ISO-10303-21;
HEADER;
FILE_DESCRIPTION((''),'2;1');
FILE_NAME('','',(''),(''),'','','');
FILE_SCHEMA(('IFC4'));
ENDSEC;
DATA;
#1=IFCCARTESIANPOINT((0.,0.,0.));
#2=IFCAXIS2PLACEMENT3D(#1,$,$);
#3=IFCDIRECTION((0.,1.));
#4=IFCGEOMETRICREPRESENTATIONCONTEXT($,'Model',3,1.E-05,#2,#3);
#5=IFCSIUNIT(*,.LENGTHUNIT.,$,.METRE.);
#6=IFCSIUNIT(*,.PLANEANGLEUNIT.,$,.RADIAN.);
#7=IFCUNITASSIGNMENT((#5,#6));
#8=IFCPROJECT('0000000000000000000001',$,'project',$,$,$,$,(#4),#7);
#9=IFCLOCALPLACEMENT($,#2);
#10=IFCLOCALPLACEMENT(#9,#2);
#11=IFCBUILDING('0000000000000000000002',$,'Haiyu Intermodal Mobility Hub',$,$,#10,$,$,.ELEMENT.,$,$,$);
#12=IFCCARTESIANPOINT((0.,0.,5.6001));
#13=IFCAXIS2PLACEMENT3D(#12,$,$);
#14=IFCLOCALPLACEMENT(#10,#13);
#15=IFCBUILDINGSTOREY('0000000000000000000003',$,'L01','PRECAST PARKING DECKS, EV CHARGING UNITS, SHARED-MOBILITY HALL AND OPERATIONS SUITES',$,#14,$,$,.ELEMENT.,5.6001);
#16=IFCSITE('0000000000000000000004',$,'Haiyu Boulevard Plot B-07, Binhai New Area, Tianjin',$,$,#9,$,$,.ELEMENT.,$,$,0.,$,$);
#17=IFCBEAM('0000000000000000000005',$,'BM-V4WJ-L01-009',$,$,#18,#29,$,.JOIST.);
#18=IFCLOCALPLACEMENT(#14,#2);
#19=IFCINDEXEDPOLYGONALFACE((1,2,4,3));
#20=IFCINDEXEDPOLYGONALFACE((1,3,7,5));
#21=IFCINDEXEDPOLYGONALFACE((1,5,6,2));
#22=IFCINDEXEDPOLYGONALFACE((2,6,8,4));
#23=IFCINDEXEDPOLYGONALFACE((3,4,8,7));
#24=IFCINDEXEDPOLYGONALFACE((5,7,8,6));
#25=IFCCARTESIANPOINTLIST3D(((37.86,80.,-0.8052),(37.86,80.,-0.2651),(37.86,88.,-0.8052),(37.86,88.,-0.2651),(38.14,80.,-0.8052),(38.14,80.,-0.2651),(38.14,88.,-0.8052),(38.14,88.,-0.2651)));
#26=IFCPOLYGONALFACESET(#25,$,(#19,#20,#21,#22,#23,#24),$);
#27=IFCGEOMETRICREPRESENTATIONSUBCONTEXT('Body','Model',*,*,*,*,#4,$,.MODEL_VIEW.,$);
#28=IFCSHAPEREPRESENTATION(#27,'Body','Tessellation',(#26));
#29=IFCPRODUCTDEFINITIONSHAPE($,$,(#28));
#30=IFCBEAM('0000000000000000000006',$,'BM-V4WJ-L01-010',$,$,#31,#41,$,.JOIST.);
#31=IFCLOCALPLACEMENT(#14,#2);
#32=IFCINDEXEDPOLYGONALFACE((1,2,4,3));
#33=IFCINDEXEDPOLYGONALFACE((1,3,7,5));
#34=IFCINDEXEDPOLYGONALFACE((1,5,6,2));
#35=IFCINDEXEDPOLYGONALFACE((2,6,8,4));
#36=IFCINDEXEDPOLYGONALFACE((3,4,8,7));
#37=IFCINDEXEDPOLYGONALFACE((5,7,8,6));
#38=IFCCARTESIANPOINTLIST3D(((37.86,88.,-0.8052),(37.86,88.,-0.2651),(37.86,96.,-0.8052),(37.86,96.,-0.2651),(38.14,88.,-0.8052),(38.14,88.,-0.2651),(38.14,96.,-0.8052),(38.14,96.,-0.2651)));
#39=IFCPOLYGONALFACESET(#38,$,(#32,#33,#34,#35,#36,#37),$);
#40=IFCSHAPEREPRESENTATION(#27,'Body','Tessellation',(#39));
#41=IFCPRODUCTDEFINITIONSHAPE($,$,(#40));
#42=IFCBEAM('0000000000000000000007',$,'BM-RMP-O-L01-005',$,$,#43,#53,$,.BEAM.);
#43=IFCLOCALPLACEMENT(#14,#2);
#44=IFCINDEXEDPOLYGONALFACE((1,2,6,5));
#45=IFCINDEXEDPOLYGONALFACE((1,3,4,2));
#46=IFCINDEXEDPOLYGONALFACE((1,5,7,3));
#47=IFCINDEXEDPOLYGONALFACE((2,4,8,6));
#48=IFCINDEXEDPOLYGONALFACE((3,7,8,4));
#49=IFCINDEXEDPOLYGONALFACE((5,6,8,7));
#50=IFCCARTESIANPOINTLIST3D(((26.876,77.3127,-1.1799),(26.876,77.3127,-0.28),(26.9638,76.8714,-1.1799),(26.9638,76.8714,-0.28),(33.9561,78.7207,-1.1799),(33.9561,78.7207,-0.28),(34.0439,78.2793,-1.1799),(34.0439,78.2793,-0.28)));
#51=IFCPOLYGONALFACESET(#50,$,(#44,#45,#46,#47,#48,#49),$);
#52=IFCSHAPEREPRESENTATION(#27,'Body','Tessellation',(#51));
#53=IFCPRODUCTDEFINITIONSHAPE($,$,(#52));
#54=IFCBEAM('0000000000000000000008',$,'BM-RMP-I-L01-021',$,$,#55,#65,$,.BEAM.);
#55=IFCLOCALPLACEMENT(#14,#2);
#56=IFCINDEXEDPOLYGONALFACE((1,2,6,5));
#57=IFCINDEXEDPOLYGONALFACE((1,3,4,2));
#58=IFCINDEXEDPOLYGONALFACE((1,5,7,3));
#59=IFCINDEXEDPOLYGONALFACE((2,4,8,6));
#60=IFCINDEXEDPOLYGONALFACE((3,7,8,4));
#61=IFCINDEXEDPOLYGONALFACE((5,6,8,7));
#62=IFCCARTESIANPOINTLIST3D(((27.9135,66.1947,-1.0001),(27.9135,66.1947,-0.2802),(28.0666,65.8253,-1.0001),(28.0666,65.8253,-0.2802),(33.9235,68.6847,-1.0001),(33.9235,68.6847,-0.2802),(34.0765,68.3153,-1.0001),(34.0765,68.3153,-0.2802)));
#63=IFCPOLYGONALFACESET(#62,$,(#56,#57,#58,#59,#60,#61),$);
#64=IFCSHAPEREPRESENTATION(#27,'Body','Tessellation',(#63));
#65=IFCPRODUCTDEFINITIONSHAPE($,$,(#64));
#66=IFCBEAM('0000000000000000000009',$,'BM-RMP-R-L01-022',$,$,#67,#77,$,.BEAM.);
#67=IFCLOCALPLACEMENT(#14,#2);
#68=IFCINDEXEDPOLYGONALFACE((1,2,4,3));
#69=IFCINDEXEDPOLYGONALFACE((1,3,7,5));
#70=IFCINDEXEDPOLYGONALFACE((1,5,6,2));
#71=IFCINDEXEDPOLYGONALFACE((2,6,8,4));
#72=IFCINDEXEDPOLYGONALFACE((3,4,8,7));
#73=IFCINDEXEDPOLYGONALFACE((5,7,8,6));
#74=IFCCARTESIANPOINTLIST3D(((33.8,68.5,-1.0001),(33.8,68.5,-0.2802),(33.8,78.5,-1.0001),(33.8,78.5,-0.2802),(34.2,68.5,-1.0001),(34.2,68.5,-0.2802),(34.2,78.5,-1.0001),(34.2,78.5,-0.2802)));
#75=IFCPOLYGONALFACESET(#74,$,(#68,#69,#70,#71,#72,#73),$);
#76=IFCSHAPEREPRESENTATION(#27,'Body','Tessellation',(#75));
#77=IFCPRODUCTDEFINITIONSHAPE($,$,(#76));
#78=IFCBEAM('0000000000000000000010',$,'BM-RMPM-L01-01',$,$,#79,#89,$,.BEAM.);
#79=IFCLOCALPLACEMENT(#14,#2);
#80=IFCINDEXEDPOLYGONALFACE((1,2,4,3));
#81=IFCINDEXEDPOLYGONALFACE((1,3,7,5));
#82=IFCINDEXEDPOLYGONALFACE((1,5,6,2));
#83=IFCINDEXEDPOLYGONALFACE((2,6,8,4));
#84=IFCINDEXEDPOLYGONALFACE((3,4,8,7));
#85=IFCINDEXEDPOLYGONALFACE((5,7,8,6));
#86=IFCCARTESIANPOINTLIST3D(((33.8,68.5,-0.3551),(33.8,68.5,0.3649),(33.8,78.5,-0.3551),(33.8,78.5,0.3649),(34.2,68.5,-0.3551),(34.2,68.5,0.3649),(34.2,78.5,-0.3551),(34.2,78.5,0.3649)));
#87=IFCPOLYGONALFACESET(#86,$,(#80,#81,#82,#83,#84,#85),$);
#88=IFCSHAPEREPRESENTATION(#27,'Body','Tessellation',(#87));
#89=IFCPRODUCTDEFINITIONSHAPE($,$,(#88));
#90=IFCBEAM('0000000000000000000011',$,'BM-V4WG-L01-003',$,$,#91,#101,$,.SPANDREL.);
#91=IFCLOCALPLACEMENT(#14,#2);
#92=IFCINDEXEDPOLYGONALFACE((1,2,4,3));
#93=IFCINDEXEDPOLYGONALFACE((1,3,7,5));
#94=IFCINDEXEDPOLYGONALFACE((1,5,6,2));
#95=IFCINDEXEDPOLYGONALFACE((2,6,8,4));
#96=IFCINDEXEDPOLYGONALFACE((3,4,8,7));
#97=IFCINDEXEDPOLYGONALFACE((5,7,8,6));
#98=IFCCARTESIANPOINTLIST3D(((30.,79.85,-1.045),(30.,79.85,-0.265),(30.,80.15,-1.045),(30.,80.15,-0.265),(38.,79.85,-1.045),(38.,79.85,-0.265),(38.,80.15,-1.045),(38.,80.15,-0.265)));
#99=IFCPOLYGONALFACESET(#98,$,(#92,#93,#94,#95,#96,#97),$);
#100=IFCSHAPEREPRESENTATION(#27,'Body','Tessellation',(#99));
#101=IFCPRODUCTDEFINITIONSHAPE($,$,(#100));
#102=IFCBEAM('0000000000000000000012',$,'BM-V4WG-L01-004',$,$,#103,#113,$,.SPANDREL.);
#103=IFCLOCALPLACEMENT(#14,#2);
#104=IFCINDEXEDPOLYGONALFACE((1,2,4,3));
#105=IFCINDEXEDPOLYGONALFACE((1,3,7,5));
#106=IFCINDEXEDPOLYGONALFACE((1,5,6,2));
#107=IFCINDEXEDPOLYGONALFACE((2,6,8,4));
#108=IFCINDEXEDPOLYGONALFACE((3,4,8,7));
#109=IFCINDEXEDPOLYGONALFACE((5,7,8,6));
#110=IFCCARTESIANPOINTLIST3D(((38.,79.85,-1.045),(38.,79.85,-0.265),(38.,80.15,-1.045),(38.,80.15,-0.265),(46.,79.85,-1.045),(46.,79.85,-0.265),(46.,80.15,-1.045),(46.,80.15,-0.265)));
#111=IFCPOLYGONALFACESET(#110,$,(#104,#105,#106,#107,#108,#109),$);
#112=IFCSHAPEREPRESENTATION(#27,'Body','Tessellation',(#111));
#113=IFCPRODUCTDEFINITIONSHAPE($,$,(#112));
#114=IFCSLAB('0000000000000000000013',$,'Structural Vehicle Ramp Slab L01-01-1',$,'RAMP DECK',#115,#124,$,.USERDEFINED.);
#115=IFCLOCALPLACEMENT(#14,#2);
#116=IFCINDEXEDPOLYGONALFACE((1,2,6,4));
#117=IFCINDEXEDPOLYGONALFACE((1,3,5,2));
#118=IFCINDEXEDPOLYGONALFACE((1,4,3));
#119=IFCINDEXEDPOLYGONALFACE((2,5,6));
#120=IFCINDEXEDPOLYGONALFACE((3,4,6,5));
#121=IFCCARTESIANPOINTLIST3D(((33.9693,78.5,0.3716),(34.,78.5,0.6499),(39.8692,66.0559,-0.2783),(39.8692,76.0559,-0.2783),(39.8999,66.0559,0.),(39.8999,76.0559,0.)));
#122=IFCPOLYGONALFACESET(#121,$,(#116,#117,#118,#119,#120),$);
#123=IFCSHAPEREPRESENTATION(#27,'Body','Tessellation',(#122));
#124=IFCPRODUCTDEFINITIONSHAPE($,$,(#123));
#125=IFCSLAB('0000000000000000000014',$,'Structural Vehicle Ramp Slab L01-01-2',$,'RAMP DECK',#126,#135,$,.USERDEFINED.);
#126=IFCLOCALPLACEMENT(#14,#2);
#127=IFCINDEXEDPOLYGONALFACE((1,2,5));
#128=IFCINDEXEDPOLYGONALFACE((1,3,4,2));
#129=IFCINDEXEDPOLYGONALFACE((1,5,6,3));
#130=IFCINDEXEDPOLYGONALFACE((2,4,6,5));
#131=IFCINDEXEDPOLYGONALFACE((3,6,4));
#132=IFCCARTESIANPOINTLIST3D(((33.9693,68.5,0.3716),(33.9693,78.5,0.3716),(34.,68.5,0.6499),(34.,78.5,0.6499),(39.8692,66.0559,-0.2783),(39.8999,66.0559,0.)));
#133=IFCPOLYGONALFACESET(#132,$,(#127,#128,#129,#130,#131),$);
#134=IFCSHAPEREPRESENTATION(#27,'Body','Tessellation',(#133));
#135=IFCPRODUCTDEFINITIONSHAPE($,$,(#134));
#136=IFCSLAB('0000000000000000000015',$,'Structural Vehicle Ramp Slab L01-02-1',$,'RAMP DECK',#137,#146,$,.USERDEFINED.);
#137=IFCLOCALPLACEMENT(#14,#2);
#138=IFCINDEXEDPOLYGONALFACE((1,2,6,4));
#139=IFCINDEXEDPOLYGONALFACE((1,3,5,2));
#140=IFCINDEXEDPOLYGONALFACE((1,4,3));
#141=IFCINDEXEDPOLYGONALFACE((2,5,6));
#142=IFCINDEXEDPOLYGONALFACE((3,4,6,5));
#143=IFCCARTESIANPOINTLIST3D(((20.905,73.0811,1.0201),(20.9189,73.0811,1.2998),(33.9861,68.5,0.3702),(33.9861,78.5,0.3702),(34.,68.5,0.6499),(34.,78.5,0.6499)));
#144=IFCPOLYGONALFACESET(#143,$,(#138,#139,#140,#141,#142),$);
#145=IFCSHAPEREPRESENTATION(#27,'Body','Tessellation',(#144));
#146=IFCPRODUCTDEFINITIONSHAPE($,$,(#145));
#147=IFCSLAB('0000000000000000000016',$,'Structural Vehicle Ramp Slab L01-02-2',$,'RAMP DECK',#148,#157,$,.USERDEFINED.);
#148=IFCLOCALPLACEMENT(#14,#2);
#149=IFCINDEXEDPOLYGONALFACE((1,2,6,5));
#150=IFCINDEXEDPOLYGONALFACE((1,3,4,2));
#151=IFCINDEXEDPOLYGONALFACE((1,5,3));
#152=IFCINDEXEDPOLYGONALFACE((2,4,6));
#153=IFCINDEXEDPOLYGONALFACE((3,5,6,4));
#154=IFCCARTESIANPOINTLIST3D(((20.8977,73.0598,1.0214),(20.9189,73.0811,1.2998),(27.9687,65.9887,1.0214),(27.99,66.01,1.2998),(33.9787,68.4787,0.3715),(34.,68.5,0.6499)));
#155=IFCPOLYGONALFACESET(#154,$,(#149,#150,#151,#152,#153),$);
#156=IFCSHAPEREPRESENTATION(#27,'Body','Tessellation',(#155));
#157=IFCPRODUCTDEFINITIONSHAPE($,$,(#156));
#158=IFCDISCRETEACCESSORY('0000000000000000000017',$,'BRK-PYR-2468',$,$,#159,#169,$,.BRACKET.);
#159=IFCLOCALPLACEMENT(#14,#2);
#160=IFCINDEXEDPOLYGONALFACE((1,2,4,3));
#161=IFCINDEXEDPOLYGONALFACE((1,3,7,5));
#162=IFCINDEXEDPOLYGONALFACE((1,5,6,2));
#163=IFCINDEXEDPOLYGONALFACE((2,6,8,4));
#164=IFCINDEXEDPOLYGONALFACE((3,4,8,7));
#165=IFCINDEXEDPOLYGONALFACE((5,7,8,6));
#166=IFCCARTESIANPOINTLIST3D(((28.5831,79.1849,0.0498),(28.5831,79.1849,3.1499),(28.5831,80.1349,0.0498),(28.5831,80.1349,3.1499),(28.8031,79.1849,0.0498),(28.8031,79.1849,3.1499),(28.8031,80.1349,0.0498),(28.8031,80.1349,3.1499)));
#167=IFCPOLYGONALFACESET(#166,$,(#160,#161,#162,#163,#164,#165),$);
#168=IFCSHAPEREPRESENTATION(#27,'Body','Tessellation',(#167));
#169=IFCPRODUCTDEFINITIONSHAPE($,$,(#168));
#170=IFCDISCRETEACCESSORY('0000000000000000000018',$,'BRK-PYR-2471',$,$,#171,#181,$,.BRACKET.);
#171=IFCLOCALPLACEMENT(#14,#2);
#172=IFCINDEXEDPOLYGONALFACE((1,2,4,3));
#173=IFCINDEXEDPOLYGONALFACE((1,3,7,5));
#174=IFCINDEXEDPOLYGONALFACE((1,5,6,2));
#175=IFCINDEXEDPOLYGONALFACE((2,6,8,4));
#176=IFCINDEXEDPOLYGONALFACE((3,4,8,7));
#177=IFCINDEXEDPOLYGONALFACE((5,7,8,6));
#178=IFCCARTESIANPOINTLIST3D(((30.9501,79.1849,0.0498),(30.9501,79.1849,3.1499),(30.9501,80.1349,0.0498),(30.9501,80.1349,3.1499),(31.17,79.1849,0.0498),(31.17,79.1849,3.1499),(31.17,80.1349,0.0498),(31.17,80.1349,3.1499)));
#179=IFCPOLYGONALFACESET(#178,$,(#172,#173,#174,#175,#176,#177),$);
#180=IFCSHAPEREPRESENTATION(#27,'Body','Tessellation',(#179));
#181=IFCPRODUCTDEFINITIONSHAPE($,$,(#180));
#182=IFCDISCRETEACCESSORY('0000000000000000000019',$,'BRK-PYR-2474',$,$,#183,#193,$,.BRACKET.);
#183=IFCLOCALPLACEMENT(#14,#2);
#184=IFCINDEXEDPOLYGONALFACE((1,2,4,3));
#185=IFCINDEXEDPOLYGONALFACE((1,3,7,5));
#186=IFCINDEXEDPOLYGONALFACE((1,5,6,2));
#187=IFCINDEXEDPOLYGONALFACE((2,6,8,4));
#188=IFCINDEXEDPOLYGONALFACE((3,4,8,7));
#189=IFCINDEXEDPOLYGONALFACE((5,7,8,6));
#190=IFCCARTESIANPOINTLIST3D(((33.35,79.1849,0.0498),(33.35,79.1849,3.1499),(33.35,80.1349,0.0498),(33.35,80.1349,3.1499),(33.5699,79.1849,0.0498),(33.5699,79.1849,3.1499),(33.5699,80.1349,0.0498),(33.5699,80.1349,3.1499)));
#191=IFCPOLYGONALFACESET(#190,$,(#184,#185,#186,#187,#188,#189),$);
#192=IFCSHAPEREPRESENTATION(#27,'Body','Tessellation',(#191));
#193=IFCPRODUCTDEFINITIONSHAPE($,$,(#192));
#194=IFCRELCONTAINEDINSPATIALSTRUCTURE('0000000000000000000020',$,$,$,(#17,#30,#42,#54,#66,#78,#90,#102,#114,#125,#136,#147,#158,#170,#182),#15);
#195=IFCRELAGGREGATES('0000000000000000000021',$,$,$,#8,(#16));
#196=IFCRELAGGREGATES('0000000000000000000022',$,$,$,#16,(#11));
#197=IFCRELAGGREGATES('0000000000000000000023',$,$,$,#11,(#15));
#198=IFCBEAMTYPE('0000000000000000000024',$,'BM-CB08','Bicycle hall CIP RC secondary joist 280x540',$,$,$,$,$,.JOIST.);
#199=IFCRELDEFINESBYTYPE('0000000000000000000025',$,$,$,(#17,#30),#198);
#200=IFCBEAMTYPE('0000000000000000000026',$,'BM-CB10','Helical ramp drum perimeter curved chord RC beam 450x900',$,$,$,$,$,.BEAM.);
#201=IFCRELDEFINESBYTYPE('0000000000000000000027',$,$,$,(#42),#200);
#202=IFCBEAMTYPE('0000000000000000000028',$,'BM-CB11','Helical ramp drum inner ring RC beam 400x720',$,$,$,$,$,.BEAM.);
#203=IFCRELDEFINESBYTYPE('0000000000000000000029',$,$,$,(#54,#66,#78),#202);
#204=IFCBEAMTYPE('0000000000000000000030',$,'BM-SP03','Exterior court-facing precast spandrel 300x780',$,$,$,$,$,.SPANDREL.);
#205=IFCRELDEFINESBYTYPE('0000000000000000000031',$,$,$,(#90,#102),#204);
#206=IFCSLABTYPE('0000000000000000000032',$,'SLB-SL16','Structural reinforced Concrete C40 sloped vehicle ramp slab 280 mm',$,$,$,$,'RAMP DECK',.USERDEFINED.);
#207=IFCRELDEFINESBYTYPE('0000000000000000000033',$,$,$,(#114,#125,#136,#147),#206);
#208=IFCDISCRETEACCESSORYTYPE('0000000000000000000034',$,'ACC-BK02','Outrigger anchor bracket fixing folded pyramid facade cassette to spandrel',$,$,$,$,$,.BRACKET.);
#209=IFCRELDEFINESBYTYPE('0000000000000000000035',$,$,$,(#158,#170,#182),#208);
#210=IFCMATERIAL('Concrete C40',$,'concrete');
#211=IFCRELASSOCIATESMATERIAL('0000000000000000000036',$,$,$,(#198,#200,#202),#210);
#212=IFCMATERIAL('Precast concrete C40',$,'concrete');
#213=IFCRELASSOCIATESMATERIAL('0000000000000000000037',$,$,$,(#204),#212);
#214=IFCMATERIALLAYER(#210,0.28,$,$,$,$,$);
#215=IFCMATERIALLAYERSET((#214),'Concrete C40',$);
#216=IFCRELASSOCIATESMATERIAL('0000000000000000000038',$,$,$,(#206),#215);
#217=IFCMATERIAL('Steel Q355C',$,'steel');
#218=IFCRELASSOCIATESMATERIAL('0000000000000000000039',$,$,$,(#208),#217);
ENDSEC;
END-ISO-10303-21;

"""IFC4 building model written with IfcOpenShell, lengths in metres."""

from ifc_helpers import new_model, si_unit, direction, frame, origin, origin_2d, place, context, subcontext, project, spatial, polyline, rectangle, outline, extrude, material, layer, layer_set, material_profile, profile_set, type_object, element, save


model = new_model("IFC4")

# Units and contexts
model_context = context("Model", 3, precision=1e-05, world=origin(), true_north=direction((0.0, 1.0)))
body_context = subcontext(model_context, "Body", "Model", "MODEL_VIEW")
ifc_project = project(units=[si_unit("LENGTHUNIT", "METRE"), si_unit("PLANEANGLEUNIT", "RADIAN")], contexts=[model_context])

# Site, building, storey
site_placement = place(None, origin())
site = spatial("IfcSite", under=ifc_project, at=site_placement, Name="Haiyu Boulevard Plot B-07, Binhai New Area, Tianjin", CompositionType="ELEMENT", RefElevation=0.0)
building_placement = place(site_placement, origin())
building = spatial("IfcBuilding", under=site, at=building_placement, Name="Haiyu Intermodal Mobility Hub", CompositionType="ELEMENT")
storey_placement = place(building_placement, frame((0.0, 0.0, 5.6001)))
storey = spatial("IfcBuildingStorey", under=building, at=storey_placement, Name="L01", Description="PRECAST PARKING DECKS, EV CHARGING UNITS, SHARED-MOBILITY HALL AND OPERATIONS SUITES", CompositionType="ELEMENT", Elevation=5.6001)

# Shared definitions
ifc_material_1 = material(Name="Precast concrete C40", Category="concrete")
ifc_material_2 = material(Name="Concrete C40", Category="concrete")

# Beams
ifc_material_profile_1 = material_profile(ifc_material_2, rectangle(XDim=0.28, YDim=0.54, at=origin_2d()), Name="RCB280x540")
ifc_profile_set_1 = profile_set([ifc_material_profile_1], Name="Concrete C40")
beam_type_1 = type_object("IfcBeamType", Name="BM-CB08", Description="Bicycle hall CIP RC secondary joist 280x540", PredefinedType="JOIST", material=ifc_profile_set_1)
for number, where, z_axis, x_axis, name in (
    (1, (38.0, 80.0, -0.5352), (0.0, 1.0, 0.0), (-1.0, 0.0, 0.0), "BM-V4WJ-L01-009"),
    (2, (38.0, 88.0, -0.5352), (0.0, 1.0, 0.0), (-1.0, 0.0, 0.0), "BM-V4WJ-L01-010"),
):
    element("IfcBeam", number, at=place(storey_placement, frame(where, z_axis=z_axis, x_axis=x_axis)), inside=storey, type_object=beam_type_1, Name=name, PredefinedType="JOIST", context=body_context, shape_type="SweptSolid", body=[
        extrude(rectangle(XDim=0.28, YDim=0.54, at=origin_2d()), origin(), (0.0, 0.0, 1.0), 8.0),
    ])
ifc_material_profile_2 = material_profile(ifc_material_2, rectangle(XDim=0.45, YDim=0.8999, at=origin_2d()), Name="RCB450x900")
ifc_profile_set_2 = profile_set([ifc_material_profile_2], Name="Concrete C40")
beam_type_2 = type_object("IfcBeamType", Name="BM-CB10", Description="Helical ramp drum perimeter curved chord RC beam 450x900", PredefinedType="BEAM", material=ifc_profile_set_2)
beam_1_placement = place(storey_placement, frame((34.0, 78.5, -0.73), z_axis=(-0.980795, -0.195043, 0.0), x_axis=(0.195043, -0.980795, 0.0)))
element("IfcBeam", 3, at=beam_1_placement, inside=storey, type_object=beam_type_2, Name="BM-RMP-O-L01-005", PredefinedType="BEAM", context=body_context, shape_type="SweptSolid", body=[
    extrude(rectangle(XDim=0.45, YDim=0.8999, at=origin_2d()), origin(), (0.0, 0.0, 1.0), 7.2188),
])
ifc_material_profile_3 = material_profile(ifc_material_2, rectangle(XDim=0.3999, YDim=0.72, at=origin_2d()), Name="RCB400x720")
ifc_profile_set_3 = profile_set([ifc_material_profile_3], Name="Concrete C40")
beam_type_3 = type_object("IfcBeamType", Name="BM-CB11", Description="Helical ramp drum inner ring RC beam 400x720", PredefinedType="BEAM", material=ifc_profile_set_3)
beam_2_placement = place(storey_placement, frame((34.0, 68.5, -0.6401), z_axis=(-0.923849, -0.382757, 0.0), x_axis=(0.382757, -0.923849, 0.0)))
element("IfcBeam", 4, at=beam_2_placement, inside=storey, type_object=beam_type_3, Name="BM-RMP-I-L01-021", PredefinedType="BEAM", context=body_context, shape_type="SweptSolid", body=[
    extrude(rectangle(XDim=0.3999, YDim=0.72, at=origin_2d()), origin(), (0.0, 0.0, 1.0), 6.5054),
])
for number, where, z_axis, x_axis, name in (
    (5, (34.0, 68.5, -0.6401), (0.0, 1.0, 0.0), (-1.0, 0.0, 0.0), "BM-RMP-R-L01-022"),
    (6, (34.0, 68.5, 0.0049), (0.0, 1.0, 0.0), (-1.0, 0.0, 0.0), "BM-RMPM-L01-01"),
):
    element("IfcBeam", number, at=place(storey_placement, frame(where, z_axis=z_axis, x_axis=x_axis)), inside=storey, type_object=beam_type_3, Name=name, PredefinedType="BEAM", context=body_context, shape_type="SweptSolid", body=[
        extrude(rectangle(XDim=0.3999, YDim=0.72, at=origin_2d()), origin(), (0.0, 0.0, 1.0), 10.0),
    ])
ifc_material_profile_4 = material_profile(ifc_material_1, rectangle(XDim=0.3, YDim=0.78, at=origin_2d()), Name="PC300x780")
ifc_profile_set_4 = profile_set([ifc_material_profile_4], Name="Precast concrete C40")
beam_type_4 = type_object("IfcBeamType", Name="BM-SP03", Description="Exterior court-facing precast spandrel 300x780", PredefinedType="SPANDREL", material=ifc_profile_set_4)
for number, where, z_axis, x_axis, name in (
    (7, (30.0, 80.0, -0.655), (1.0, 0.0, 0.0), (0.0, 1.0, 0.0), "BM-V4WG-L01-003"),
    (8, (38.0, 80.0, -0.655), (1.0, 0.0, 0.0), (0.0, 1.0, 0.0), "BM-V4WG-L01-004"),
):
    element("IfcBeam", number, at=place(storey_placement, frame(where, z_axis=z_axis, x_axis=x_axis)), inside=storey, type_object=beam_type_4, Name=name, PredefinedType="SPANDREL", context=body_context, shape_type="SweptSolid", body=[
        extrude(rectangle(XDim=0.3, YDim=0.78, at=origin_2d()), origin(), (0.0, 0.0, 1.0), 8.0),
    ])

# Slabs
ifc_layer = layer(ifc_material_2, 0.28)
ifc_layer_set = layer_set([ifc_layer], Name="Concrete C40")
slab_type = type_object("IfcSlabType", Name="SLB-SL16", Description="Structural reinforced Concrete C40 sloped vehicle ramp slab 280 mm", ElementType="RAMP DECK", PredefinedType="USERDEFINED", material=ifc_layer_set)
slab_1_placement = place(storey_placement, frame((39.8999, 66.0559, 0.0), z_axis=(0.109492, 0.0, 0.993988), x_axis=(0.0, 1.0, 0.0)))
element("IfcSlab", 9, at=slab_1_placement, inside=storey, type_object=slab_type, Name="Structural Vehicle Ramp Slab L01-01-1", ObjectType="RAMP DECK", PredefinedType="USERDEFINED", context=body_context, shape_type="SweptSolid", body=[
    extrude(outline(polyline([(0.0, 0.0), (10.0, 0.0), (12.4441, 5.9356), (0.0, 0.0)])), origin(), (0.0, 0.0, -1.0), 0.28),
])
slab_2_placement = place(storey_placement, frame((39.8999, 66.0559, 0.0), z_axis=(0.109492, 0.0, 0.993988), x_axis=(-0.427926, 0.902584, 0.047138)))
element("IfcSlab", 10, at=slab_2_placement, inside=storey, type_object=slab_type, Name="Structural Vehicle Ramp Slab L01-01-2", ObjectType="RAMP DECK", PredefinedType="USERDEFINED", context=body_context, shape_type="SweptSolid", body=[
    extrude(outline(polyline([(0.0, 0.0), (13.7872, 0.0), (4.7614, 4.3051), (0.0, 0.0)])), origin(), (0.0, 0.0, -1.0), 0.28),
])
slab_3_placement = place(storey_placement, frame((34.0, 68.5, 0.6499), z_axis=(0.049622, 0.0, 0.998768), x_axis=(0.0, 1.0, 0.0)))
element("IfcSlab", 11, at=slab_3_placement, inside=storey, type_object=slab_type, Name="Structural Vehicle Ramp Slab L01-02-1", ObjectType="RAMP DECK", PredefinedType="USERDEFINED", context=body_context, shape_type="SweptSolid", body=[
    extrude(outline(polyline([(0.0, 0.0), (10.0, 0.0), (4.5811, 13.0972), (0.0, 0.0)])), origin(), (0.0, 0.0, -1.0), 0.28),
])
slab_4_placement = place(storey_placement, frame((34.0, 68.5, 0.6499), z_axis=(0.076016, 0.076016, 0.994205), x_axis=(-0.942762, 0.33016, 0.046839)))
element("IfcSlab", 12, at=slab_4_placement, inside=storey, type_object=slab_type, Name="Structural Vehicle Ramp Slab L01-02-2", ObjectType="RAMP DECK", PredefinedType="USERDEFINED", context=body_context, shape_type="SweptSolid", body=[
    extrude(outline(polyline([(0.0, 0.0), (13.8752, 0.0), (4.8744, 4.357), (0.0, 0.0)])), origin(), (0.0, 0.0, -1.0), 0.28),
])

# Shared definitions
ifc_material_3 = material(Name="Steel Q355C", Category="steel")

# Discrete accessories
discrete_accessory_type = type_object("IfcDiscreteAccessoryType", Name="ACC-BK02", Description="Outrigger anchor bracket fixing folded pyramid facade cassette to spandrel", PredefinedType="BRACKET", material=ifc_material_3)
for number, where, z_axis, x_axis, name in (
    (13, (28.6931, 79.6599, 0.0498), (0.0, 0.0, 1.0), (1.0, 0.0, 0.0), "BRK-PYR-2468"),
    (14, (31.0601, 79.6599, 0.0498), (0.0, 0.0, 1.0), (1.0, 0.0, 0.0), "BRK-PYR-2471"),
    (15, (33.46, 79.6599, 0.0498), (0.0, 0.0, 1.0), (1.0, 0.0, 0.0), "BRK-PYR-2474"),
):
    element("IfcDiscreteAccessory", number, at=place(storey_placement, frame(where, z_axis=z_axis, x_axis=x_axis)), inside=storey, type_object=discrete_accessory_type, Name=name, PredefinedType="BRACKET", context=body_context, shape_type="SweptSolid", body=[
        extrude(rectangle(XDim=0.22, YDim=0.95, at=origin_2d()), origin(), (0.0, 0.0, 1.0), 3.1001),
    ])

save(model, "model.ifc")
